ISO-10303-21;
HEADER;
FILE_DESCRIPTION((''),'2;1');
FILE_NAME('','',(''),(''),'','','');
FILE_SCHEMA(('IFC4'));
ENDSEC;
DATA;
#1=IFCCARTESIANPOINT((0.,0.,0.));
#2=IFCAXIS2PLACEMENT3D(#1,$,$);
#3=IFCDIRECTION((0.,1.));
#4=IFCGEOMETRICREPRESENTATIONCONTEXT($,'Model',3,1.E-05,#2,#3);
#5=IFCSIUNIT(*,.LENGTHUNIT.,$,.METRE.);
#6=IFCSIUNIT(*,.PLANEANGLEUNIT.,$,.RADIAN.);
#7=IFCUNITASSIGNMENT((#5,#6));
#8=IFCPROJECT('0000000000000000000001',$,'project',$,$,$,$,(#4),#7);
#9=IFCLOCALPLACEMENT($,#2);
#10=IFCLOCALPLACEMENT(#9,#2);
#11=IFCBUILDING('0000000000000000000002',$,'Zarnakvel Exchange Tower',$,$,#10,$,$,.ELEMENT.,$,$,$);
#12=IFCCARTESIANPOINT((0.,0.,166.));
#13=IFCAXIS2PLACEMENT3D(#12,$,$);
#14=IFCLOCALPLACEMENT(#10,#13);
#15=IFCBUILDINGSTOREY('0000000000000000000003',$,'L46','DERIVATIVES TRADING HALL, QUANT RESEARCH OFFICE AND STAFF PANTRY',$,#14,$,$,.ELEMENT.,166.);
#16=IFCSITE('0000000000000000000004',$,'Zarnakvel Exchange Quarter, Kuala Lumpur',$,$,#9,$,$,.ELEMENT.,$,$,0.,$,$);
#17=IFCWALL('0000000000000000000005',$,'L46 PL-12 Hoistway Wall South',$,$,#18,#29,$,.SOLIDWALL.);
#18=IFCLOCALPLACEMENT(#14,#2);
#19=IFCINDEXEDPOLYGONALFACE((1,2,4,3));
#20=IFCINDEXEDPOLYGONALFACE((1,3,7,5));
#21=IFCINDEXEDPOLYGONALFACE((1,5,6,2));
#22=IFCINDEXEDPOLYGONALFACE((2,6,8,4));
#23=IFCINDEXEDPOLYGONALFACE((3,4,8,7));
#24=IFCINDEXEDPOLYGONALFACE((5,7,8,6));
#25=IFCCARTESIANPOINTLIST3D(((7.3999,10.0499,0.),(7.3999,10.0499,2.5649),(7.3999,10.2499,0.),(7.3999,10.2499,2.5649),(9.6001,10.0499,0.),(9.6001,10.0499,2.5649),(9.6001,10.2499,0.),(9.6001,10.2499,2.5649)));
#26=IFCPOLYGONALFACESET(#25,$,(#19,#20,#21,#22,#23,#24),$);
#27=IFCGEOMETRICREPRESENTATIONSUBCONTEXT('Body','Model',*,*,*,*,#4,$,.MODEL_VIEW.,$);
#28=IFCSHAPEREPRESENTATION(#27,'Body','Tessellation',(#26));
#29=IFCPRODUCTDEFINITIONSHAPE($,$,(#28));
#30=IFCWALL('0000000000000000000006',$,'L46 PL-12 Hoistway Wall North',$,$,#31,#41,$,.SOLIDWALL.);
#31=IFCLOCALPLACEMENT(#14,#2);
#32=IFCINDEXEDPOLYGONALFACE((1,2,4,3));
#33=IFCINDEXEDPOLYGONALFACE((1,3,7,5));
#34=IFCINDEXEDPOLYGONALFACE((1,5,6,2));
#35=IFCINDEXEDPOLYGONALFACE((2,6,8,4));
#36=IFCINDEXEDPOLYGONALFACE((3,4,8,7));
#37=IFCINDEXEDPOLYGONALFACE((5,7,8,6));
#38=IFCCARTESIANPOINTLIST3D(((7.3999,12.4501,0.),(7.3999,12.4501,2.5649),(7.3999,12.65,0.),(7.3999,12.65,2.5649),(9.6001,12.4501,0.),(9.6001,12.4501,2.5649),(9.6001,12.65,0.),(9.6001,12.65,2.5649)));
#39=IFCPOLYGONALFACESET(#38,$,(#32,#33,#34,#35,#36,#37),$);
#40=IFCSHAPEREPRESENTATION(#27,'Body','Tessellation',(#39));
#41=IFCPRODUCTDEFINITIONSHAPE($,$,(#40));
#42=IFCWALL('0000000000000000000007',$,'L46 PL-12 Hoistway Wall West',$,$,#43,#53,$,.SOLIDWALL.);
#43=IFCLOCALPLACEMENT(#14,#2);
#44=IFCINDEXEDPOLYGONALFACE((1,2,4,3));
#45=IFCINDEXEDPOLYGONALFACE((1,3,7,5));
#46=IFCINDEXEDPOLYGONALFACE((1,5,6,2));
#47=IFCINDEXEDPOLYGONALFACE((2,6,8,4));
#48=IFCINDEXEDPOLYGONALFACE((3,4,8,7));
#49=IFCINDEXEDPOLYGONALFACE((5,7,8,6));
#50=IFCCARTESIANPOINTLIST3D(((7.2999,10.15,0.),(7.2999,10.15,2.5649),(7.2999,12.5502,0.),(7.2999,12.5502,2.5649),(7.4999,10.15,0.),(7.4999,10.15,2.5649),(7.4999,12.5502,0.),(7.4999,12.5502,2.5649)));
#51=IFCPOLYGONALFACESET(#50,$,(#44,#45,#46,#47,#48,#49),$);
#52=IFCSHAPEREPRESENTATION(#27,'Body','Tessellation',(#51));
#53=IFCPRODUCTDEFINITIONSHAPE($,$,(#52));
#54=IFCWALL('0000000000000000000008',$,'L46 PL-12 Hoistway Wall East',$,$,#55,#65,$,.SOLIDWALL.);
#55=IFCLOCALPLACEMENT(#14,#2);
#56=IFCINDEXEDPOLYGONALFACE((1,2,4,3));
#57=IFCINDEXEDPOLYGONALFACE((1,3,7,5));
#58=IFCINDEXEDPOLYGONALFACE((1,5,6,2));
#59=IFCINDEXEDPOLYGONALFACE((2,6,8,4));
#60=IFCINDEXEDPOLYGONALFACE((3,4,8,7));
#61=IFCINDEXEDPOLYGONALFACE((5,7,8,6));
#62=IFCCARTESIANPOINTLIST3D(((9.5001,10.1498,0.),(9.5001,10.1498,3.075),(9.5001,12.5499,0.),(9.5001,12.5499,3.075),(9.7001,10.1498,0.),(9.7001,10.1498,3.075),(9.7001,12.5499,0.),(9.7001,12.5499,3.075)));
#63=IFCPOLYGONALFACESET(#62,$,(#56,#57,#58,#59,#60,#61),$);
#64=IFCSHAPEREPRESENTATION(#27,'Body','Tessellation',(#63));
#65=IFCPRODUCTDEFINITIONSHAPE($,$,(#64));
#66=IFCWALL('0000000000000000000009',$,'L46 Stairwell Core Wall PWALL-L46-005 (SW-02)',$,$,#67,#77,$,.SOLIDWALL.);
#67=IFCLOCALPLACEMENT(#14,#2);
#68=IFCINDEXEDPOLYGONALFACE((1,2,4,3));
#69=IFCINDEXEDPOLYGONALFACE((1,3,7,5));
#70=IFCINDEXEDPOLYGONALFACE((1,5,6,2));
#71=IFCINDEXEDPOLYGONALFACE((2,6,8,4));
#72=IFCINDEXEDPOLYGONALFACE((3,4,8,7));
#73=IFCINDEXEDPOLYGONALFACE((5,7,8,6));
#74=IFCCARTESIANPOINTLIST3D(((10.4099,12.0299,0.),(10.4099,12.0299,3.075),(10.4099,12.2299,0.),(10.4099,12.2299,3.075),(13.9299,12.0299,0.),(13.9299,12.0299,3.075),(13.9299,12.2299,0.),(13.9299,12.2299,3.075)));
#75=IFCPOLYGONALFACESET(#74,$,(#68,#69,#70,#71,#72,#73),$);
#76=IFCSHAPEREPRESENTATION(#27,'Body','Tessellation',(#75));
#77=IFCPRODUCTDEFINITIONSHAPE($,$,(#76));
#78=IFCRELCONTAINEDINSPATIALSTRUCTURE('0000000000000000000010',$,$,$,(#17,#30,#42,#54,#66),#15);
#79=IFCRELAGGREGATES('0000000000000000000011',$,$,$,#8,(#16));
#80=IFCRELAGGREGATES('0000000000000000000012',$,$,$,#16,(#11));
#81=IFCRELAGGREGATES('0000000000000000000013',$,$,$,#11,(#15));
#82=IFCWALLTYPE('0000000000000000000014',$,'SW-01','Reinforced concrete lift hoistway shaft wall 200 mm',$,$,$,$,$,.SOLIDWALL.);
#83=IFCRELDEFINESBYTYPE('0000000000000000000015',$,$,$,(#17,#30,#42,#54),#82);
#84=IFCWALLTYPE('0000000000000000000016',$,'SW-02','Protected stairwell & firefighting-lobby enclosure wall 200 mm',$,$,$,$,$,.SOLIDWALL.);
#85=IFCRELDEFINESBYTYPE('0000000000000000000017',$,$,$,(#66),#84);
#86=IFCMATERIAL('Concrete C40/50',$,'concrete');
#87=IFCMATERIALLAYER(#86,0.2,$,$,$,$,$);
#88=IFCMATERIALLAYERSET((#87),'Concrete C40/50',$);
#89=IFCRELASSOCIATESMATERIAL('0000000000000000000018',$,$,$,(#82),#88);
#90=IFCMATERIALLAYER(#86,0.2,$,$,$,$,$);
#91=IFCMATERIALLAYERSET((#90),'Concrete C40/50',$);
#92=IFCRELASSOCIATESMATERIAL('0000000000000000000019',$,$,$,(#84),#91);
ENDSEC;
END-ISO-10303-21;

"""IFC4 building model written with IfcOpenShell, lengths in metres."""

from ifc_helpers import new_model, si_unit, direction, frame, frame_2d, origin, place, context, subcontext, project, spatial, rectangle, extrude, material, layer, layer_set, type_object, element, save


model = new_model("IFC4")

# Units and contexts
model_context = context("Model", 3, precision=1e-05, world=origin(), true_north=direction((0.0, 1.0)))
body_context = subcontext(model_context, "Body", "Model", "MODEL_VIEW")
ifc_project = project(units=[si_unit("LENGTHUNIT", "METRE"), si_unit("PLANEANGLEUNIT", "RADIAN")], contexts=[model_context])

# Site, building, storey
site_placement = place(None, origin())
site = spatial("IfcSite", under=ifc_project, at=site_placement, Name="Zarnakvel Exchange Quarter, Kuala Lumpur", CompositionType="ELEMENT", RefElevation=0.0)
building_placement = place(site_placement, origin())
building = spatial("IfcBuilding", under=site, at=building_placement, Name="Zarnakvel Exchange Tower", CompositionType="ELEMENT")
storey_placement = place(building_placement, frame((0.0, 0.0, 166.0)))
storey = spatial("IfcBuildingStorey", under=building, at=storey_placement, Name="L46", Description="DERIVATIVES TRADING HALL, QUANT RESEARCH OFFICE AND STAFF PANTRY", CompositionType="ELEMENT", Elevation=166.0)

# Walls
ifc_material_1 = material(Name="Concrete C40/50", Category="concrete")
ifc_layer_1 = layer(ifc_material_1, 0.2)
ifc_layer_set_1 = layer_set([ifc_layer_1], Name="Concrete C40/50")
wall_type_1 = type_object("IfcWallType", Name="SW-01", Description="Reinforced concrete lift hoistway shaft wall 200 mm", PredefinedType="SOLIDWALL", material=ifc_layer_set_1)
for number, where, z_axis, x_axis, name in (
    (1, (9.6001, 10.1499, 0.0), (0.0, 0.0, 1.0), (-1.0, 0.0, 0.0), "L46 PL-12 Hoistway Wall South"),
    (2, (7.3999, 12.55, 0.0), (0.0, 0.0, 1.0), (1.0, 0.0, 0.0), "L46 PL-12 Hoistway Wall North"),
):
    element("IfcWall", number, at=place(storey_placement, frame(where, z_axis=z_axis, x_axis=x_axis)), inside=storey, type_object=wall_type_1, Name=name, PredefinedType="SOLIDWALL", context=body_context, shape_type="SweptSolid", body=[
        extrude(rectangle(XDim=2.2002, YDim=0.2, at=frame_2d((1.1001, 0.0))), origin(), (0.0, 0.0, 1.0), 2.5649),
    ])
wall_1_placement = place(storey_placement, frame((7.3999, 10.1499, 0.0), z_axis=(0.0, 0.0, 1.0), x_axis=(0.0, 1.0, 0.0)))
element("IfcWall", 3, at=wall_1_placement, inside=storey, type_object=wall_type_1, Name="L46 PL-12 Hoistway Wall West", PredefinedType="SOLIDWALL", context=body_context, shape_type="SweptSolid", body=[
    extrude(rectangle(XDim=2.4001, YDim=0.2, at=frame_2d((1.2002, 0.0))), origin(), (0.0, 0.0, 1.0), 2.5649),
])
wall_2_placement = place(storey_placement, frame((9.6001, 12.55, 0.0), z_axis=(0.0, 0.0, 1.0), x_axis=(0.0, -1.0, 0.0)))
element("IfcWall", 4, at=wall_2_placement, inside=storey, type_object=wall_type_1, Name="L46 PL-12 Hoistway Wall East", PredefinedType="SOLIDWALL", context=body_context, shape_type="SweptSolid", body=[
    extrude(rectangle(XDim=2.4001, YDim=0.2, at=frame_2d((1.2002, 0.0))), origin(), (0.0, 0.0, 1.0), 3.075),
])
ifc_layer_2 = layer(ifc_material_1, 0.2)
ifc_layer_set_2 = layer_set([ifc_layer_2], Name="Concrete C40/50")
wall_type_2 = type_object("IfcWallType", Name="SW-02", Description="Protected stairwell & firefighting-lobby enclosure wall 200 mm", PredefinedType="SOLIDWALL", material=ifc_layer_set_2)
wall_3_placement = place(storey_placement, frame((10.4099, 12.1299, 0.0), z_axis=(0.0, 0.0, 1.0), x_axis=(1.0, 0.0, 0.0)))
element("IfcWall", 5, at=wall_3_placement, inside=storey, type_object=wall_type_2, Name="L46 Stairwell Core Wall PWALL-L46-005 (SW-02)", PredefinedType="SOLIDWALL", context=body_context, shape_type="SweptSolid", body=[
    extrude(rectangle(XDim=3.52, YDim=0.2, at=frame_2d((1.76, 0.0))), origin(), (0.0, 0.0, 1.0), 3.075),
])

save(model, "model.ifc")
